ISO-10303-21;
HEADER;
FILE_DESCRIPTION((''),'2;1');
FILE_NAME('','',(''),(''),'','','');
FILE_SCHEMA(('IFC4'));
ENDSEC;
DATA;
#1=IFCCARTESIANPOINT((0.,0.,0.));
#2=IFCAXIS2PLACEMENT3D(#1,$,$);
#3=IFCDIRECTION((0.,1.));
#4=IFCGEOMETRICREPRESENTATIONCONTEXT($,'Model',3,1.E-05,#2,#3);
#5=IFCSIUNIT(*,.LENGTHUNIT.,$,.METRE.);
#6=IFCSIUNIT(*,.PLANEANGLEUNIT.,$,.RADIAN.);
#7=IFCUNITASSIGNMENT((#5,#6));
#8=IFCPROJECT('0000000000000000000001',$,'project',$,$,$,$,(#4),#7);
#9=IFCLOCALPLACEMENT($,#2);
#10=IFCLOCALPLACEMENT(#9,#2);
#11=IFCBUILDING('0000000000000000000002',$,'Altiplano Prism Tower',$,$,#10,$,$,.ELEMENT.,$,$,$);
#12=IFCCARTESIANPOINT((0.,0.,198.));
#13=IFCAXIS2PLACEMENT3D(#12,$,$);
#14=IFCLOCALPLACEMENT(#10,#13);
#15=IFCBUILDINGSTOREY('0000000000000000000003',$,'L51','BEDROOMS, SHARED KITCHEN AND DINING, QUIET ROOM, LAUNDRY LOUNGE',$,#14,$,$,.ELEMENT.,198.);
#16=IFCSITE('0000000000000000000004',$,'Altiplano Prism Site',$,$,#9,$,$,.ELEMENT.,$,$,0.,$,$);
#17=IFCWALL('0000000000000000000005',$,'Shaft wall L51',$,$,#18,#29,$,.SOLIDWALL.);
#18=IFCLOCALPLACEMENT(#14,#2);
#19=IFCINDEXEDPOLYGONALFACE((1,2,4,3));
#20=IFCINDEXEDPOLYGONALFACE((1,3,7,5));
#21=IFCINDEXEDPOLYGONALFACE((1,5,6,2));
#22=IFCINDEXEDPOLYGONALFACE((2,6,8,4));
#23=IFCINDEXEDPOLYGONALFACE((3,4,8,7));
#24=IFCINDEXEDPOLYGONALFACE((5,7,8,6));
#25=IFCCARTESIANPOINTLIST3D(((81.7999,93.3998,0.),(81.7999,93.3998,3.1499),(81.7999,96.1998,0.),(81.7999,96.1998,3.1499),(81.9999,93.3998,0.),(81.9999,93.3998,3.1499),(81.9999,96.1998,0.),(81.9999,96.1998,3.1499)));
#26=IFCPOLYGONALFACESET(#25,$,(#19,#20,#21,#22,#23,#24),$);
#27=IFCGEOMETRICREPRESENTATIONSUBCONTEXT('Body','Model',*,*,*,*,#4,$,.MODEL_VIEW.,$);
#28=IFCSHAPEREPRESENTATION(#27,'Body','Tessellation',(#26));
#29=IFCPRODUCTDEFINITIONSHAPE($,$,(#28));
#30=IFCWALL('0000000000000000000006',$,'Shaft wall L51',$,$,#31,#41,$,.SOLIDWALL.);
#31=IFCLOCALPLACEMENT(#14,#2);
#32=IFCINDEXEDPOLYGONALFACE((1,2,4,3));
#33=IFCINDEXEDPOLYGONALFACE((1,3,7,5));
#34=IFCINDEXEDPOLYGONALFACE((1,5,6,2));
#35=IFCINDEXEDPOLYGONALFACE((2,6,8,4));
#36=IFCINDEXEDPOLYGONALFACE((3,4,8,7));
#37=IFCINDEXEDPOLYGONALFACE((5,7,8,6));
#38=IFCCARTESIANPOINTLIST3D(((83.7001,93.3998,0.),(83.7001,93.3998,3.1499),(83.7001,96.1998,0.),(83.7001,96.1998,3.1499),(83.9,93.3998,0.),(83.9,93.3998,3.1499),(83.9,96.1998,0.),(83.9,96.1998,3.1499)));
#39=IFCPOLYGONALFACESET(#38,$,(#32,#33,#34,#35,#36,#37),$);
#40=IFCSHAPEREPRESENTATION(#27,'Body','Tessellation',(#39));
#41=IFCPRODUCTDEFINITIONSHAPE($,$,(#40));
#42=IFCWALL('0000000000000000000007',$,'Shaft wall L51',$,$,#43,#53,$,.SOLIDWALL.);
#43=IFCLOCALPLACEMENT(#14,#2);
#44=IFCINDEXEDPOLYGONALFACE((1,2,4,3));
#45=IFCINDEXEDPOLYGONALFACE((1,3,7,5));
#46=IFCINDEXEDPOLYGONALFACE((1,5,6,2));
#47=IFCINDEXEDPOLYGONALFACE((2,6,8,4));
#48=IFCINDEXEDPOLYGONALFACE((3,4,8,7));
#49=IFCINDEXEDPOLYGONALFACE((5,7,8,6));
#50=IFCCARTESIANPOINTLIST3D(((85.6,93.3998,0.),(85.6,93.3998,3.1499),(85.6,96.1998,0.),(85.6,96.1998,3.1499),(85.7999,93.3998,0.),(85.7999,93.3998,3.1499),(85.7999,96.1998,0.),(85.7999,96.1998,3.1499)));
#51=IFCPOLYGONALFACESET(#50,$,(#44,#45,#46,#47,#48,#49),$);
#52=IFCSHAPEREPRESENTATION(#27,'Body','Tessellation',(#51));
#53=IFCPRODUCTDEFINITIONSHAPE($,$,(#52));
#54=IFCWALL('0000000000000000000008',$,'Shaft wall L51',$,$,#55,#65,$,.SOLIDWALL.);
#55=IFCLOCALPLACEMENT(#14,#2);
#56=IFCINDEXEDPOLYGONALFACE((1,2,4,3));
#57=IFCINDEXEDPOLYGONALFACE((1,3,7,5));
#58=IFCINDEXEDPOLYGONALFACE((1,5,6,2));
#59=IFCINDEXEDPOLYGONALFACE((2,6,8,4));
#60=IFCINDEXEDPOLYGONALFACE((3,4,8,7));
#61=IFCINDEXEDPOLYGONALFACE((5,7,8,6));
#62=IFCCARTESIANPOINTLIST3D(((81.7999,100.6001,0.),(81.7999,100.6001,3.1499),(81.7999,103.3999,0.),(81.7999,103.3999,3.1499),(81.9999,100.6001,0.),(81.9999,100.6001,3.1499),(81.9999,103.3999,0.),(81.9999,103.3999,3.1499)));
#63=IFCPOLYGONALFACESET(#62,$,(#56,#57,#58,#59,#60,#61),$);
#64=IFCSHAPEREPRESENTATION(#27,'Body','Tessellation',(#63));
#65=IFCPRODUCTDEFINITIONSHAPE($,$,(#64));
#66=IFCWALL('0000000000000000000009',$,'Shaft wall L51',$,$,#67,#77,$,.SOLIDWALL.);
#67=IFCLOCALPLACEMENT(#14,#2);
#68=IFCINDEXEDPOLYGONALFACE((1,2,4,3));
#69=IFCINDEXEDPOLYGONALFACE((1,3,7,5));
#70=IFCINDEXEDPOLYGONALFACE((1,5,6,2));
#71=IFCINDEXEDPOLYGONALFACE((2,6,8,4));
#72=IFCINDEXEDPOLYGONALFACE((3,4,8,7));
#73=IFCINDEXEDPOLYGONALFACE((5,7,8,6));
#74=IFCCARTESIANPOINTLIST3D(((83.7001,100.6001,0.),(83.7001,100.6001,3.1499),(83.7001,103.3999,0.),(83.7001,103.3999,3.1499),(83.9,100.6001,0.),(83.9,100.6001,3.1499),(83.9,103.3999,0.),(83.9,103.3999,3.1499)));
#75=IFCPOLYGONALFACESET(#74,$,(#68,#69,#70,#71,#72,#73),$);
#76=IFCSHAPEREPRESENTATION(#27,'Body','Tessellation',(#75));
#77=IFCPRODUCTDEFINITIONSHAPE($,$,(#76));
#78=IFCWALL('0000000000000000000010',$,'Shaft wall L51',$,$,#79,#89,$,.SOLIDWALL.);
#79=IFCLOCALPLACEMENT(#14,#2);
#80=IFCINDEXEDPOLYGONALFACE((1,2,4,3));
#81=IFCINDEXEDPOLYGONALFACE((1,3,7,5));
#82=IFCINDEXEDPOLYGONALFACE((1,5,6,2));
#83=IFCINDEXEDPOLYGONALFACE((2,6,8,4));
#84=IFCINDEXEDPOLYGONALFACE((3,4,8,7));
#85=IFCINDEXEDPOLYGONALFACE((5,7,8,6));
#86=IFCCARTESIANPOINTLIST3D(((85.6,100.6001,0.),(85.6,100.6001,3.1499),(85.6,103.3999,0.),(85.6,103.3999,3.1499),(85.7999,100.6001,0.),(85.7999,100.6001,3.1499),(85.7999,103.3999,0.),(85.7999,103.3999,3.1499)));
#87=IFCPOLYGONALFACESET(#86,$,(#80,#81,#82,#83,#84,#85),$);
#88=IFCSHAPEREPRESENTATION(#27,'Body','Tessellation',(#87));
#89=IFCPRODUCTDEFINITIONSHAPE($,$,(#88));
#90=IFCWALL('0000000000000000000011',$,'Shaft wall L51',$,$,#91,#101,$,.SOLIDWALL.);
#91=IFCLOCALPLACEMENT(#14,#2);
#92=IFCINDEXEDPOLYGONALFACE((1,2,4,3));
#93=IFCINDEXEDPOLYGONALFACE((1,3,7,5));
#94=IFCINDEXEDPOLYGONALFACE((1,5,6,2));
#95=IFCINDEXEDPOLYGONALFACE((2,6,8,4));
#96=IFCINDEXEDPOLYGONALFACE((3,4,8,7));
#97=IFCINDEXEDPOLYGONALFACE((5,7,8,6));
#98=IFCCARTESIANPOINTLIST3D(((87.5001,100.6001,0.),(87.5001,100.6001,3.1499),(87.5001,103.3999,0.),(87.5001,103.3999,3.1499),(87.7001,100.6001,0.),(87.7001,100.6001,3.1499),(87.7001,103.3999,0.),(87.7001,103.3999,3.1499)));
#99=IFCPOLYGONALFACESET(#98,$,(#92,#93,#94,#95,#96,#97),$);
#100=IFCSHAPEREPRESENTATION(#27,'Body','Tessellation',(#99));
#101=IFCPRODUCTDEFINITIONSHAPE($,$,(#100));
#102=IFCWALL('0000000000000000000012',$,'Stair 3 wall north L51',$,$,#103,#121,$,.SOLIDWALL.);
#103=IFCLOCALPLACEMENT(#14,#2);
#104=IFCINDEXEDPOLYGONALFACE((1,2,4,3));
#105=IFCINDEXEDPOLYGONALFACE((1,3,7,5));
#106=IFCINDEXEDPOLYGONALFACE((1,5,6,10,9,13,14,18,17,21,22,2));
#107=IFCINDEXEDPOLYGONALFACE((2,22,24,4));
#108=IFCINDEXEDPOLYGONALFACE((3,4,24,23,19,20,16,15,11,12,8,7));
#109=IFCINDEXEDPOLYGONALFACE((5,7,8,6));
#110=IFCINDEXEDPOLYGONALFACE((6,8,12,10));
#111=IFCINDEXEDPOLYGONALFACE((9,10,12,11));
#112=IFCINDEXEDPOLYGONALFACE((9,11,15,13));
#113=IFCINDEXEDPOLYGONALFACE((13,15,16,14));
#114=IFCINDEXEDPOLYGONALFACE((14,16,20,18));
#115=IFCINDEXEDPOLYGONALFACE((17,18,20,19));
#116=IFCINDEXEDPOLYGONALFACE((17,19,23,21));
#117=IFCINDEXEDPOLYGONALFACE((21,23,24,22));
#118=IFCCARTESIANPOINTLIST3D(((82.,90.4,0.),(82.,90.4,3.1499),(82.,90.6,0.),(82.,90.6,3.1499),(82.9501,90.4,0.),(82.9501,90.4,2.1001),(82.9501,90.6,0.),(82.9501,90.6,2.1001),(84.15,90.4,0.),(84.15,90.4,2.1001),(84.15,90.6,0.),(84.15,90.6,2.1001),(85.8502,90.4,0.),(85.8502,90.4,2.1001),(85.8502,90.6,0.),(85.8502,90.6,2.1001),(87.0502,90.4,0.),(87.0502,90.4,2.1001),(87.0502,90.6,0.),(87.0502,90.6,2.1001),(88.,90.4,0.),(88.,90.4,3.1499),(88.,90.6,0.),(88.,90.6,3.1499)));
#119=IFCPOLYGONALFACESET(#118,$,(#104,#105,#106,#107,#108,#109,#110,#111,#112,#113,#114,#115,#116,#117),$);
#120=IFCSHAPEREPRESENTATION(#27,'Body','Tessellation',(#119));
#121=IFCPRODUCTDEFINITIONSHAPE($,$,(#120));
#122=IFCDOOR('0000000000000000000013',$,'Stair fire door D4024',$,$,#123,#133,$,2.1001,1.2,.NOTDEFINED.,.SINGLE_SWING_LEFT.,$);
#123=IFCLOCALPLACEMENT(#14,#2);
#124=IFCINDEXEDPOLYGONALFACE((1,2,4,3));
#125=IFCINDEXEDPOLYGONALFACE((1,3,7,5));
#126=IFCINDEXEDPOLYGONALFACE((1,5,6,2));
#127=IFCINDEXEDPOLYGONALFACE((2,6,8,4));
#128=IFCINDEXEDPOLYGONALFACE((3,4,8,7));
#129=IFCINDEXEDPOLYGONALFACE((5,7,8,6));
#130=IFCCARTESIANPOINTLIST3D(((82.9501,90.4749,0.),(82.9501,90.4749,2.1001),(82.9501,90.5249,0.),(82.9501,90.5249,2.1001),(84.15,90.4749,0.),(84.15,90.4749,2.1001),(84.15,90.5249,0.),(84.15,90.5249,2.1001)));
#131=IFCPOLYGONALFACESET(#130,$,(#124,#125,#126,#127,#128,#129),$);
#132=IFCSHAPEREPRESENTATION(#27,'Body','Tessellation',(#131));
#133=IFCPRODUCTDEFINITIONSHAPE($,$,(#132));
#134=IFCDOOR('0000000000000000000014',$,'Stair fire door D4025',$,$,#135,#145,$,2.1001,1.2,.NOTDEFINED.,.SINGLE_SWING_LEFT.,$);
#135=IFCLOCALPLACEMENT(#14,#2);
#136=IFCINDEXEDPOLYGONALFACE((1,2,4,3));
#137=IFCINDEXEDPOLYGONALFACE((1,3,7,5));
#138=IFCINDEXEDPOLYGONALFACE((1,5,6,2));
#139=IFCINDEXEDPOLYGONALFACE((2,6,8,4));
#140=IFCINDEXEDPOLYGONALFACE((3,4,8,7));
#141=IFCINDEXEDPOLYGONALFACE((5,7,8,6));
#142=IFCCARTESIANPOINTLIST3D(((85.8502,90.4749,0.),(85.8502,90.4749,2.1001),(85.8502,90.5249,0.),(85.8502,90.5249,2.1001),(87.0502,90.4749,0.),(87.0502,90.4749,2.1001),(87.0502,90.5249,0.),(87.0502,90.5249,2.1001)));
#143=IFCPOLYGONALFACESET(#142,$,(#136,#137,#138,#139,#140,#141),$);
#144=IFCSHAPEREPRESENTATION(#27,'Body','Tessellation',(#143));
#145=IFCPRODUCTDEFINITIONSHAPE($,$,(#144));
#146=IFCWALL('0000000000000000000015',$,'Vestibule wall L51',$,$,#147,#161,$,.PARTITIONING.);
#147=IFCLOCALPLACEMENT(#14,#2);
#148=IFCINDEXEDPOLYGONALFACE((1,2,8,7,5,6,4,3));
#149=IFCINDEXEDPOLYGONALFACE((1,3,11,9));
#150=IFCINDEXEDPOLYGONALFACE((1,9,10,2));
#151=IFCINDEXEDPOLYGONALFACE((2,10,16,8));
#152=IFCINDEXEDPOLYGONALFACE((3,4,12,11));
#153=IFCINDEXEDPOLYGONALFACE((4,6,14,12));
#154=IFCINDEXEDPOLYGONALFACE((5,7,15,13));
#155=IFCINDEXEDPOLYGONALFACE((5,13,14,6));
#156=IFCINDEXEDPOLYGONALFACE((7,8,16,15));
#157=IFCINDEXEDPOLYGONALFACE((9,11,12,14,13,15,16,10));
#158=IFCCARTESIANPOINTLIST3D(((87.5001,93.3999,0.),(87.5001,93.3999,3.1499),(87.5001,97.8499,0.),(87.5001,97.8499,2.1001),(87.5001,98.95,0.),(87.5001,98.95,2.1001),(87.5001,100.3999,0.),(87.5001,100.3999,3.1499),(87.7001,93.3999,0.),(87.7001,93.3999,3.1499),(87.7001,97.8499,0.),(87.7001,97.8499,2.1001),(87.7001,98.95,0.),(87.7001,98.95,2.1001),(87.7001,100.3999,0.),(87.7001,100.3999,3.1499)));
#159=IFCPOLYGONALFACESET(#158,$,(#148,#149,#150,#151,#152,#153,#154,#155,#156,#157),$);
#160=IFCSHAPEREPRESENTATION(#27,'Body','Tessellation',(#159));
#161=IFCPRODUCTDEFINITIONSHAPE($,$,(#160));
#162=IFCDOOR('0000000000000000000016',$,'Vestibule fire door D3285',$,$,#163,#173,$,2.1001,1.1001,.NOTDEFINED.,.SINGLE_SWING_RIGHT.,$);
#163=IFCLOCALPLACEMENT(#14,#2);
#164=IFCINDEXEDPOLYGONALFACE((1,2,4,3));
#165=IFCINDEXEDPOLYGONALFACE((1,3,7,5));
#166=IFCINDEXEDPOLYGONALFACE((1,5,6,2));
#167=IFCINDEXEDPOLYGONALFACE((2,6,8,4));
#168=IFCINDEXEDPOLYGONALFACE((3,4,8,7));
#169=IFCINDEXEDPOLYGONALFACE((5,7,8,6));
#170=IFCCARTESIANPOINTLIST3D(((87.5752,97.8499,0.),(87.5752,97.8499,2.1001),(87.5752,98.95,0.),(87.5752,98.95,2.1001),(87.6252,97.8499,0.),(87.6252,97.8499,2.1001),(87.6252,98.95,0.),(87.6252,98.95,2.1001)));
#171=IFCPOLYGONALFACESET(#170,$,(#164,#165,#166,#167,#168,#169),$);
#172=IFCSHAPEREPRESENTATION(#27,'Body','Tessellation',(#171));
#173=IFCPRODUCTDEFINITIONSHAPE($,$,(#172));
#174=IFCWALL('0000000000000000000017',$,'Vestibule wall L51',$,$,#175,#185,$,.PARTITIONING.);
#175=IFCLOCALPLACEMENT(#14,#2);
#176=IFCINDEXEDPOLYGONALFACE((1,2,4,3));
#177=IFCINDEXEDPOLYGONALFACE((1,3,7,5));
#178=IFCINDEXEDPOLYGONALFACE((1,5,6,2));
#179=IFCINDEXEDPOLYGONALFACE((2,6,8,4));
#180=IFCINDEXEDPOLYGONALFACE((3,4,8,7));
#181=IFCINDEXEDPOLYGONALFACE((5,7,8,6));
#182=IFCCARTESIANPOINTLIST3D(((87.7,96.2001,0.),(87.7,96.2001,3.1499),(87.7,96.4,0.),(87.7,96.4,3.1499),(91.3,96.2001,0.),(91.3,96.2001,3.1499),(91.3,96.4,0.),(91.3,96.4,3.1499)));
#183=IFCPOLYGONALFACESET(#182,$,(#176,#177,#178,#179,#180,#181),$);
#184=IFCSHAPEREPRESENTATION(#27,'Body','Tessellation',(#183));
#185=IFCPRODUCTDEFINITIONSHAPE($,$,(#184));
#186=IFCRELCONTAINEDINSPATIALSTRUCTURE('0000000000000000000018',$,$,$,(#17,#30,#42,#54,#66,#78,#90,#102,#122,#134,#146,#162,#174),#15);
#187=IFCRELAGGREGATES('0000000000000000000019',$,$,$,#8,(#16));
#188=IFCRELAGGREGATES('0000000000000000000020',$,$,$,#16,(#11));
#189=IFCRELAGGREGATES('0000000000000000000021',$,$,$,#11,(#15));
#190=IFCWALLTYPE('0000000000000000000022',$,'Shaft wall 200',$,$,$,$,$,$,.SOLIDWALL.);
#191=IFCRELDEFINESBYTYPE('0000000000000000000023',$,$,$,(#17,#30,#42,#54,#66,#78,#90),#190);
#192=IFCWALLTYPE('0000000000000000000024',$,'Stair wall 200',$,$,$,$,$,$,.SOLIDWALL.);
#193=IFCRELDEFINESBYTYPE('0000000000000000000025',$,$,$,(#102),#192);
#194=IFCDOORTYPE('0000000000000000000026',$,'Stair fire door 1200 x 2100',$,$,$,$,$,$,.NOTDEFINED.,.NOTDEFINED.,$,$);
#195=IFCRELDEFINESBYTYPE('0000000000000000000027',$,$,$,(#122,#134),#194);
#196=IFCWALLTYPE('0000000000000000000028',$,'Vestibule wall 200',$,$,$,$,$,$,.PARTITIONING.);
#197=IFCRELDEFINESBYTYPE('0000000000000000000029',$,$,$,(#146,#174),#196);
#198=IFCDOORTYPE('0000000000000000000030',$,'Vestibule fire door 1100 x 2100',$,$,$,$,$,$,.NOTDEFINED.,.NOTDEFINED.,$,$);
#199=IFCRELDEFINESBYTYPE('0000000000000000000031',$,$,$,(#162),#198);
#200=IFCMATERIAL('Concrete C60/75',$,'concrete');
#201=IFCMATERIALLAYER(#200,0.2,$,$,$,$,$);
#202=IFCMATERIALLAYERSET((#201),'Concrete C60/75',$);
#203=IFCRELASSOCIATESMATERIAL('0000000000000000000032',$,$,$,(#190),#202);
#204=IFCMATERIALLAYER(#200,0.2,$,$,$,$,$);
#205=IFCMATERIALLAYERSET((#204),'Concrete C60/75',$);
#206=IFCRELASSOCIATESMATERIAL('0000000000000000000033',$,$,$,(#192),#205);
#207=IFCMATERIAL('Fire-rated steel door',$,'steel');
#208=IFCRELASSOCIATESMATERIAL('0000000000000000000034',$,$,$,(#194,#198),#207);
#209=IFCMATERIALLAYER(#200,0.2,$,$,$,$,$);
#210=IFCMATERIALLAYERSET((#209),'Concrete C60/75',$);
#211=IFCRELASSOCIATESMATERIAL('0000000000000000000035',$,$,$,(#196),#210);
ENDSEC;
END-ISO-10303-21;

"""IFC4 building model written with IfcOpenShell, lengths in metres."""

from ifc_helpers import new_model, si_unit, direction, frame, frame_2d, origin, place, context, subcontext, project, spatial, rectangle, extrude, material, layer, layer_set, type_object, element, fill, save


model = new_model("IFC4")

# Units and contexts
model_context = context("Model", 3, precision=1e-05, world=origin(), true_north=direction((0.0, 1.0)))
body_context = subcontext(model_context, "Body", "Model", "MODEL_VIEW")
ifc_project = project(units=[si_unit("LENGTHUNIT", "METRE"), si_unit("PLANEANGLEUNIT", "RADIAN")], contexts=[model_context])

# Site, building, storey
site_placement = place(None, origin())
site = spatial("IfcSite", under=ifc_project, at=site_placement, Name="Altiplano Prism Site", CompositionType="ELEMENT", RefElevation=0.0)
building_placement = place(site_placement, origin())
building = spatial("IfcBuilding", under=site, at=building_placement, Name="Altiplano Prism Tower", CompositionType="ELEMENT")
storey_placement = place(building_placement, frame((0.0, 0.0, 198.0)))
storey = spatial("IfcBuildingStorey", under=building, at=storey_placement, Name="L51", Description="BEDROOMS, SHARED KITCHEN AND DINING, QUIET ROOM, LAUNDRY LOUNGE", CompositionType="ELEMENT", Elevation=198.0)

# Walls
ifc_material_1 = material(Name="Concrete C60/75", Category="concrete")
ifc_layer_1 = layer(ifc_material_1, 0.2)
ifc_layer_set_1 = layer_set([ifc_layer_1], Name="Concrete C60/75")
wall_type_1 = type_object("IfcWallType", Name="Shaft wall 200", PredefinedType="SOLIDWALL", material=ifc_layer_set_1)
for number, where, z_axis, x_axis, name in (
    (1, (81.8999, 93.3999, 0.0), (0.0, 0.0, 1.0), (0.0, 1.0, 0.0), "Shaft wall L51"),
    (2, (83.8, 93.3999, 0.0), (0.0, 0.0, 1.0), (0.0, 1.0, 0.0), "Shaft wall L51"),
    (3, (85.7, 93.3999, 0.0), (0.0, 0.0, 1.0), (0.0, 1.0, 0.0), "Shaft wall L51"),
):
    element("IfcWall", number, at=place(storey_placement, frame(where, z_axis=z_axis, x_axis=x_axis)), inside=storey, type_object=wall_type_1, Name=name, PredefinedType="SOLIDWALL", context=body_context, shape_type="SweptSolid", body=[
        extrude(rectangle(XDim=2.8, YDim=0.2, at=frame_2d((1.3999, 0.0))), origin(), (0.0, 0.0, 1.0), 3.1499),
    ])
for number, where, z_axis, x_axis, name in (
    (4, (81.8999, 100.6001, 0.0), (0.0, 0.0, 1.0), (0.0, 1.0, 0.0), "Shaft wall L51"),
    (5, (83.8, 100.6001, 0.0), (0.0, 0.0, 1.0), (0.0, 1.0, 0.0), "Shaft wall L51"),
    (6, (85.7, 100.6001, 0.0), (0.0, 0.0, 1.0), (0.0, 1.0, 0.0), "Shaft wall L51"),
    (7, (87.6001, 100.6001, 0.0), (0.0, 0.0, 1.0), (0.0, 1.0, 0.0), "Shaft wall L51"),
):
    element("IfcWall", number, at=place(storey_placement, frame(where, z_axis=z_axis, x_axis=x_axis)), inside=storey, type_object=wall_type_1, Name=name, PredefinedType="SOLIDWALL", context=body_context, shape_type="SweptSolid", body=[
        extrude(rectangle(XDim=2.7998, YDim=0.2, at=frame_2d((1.3999, 0.0))), origin(), (0.0, 0.0, 1.0), 3.1499),
    ])

# Wall, openings, doors
ifc_layer_2 = layer(ifc_material_1, 0.2)
ifc_layer_set_2 = layer_set([ifc_layer_2], Name="Concrete C60/75")
wall_type_2 = type_object("IfcWallType", Name="Stair wall 200", PredefinedType="SOLIDWALL", material=ifc_layer_set_2)
wall_1_placement = place(storey_placement, frame((82.0, 90.5, 0.0), z_axis=(0.0, 0.0, 1.0), x_axis=(1.0, 0.0, 0.0)))
wall_1 = element("IfcWall", 8, at=wall_1_placement, inside=storey, type_object=wall_type_2, Name="Stair 3 wall north L51", PredefinedType="SOLIDWALL", context=body_context, shape_type="SweptSolid", body=[
    extrude(rectangle(XDim=6.0, YDim=0.2, at=frame_2d((3.0, 0.0))), origin(), (0.0, 0.0, 1.0), 3.1499),
])
opening_1_placement = place(wall_1_placement, frame((0.95, 0.0, 0.0)))
opening_1 = element("IfcOpeningElement", 9, at=opening_1_placement, cuts=wall_1, PredefinedType="OPENING", context=body_context, shape_type="SweptSolid", body=[
    extrude(rectangle(XDim=1.2, YDim=2.1001, at=frame_2d((0.6001, 1.05))), frame((0.0, 0.1104, 0.0), z_axis=(0.0, -1.0, 0.0), x_axis=(1.0, 0.0, 0.0)), (0.0, 0.0, 1.0), 0.2209),
])
opening_2_placement = place(wall_1_placement, frame((3.8501, 0.0, 0.0)))
opening_2 = element("IfcOpeningElement", 10, at=opening_2_placement, cuts=wall_1, PredefinedType="OPENING", context=body_context, shape_type="SweptSolid", body=[
    extrude(rectangle(XDim=1.2, YDim=2.1001, at=frame_2d((0.6001, 1.05))), frame((0.0, 0.1104, 0.0), z_axis=(0.0, -1.0, 0.0), x_axis=(1.0, 0.0, 0.0)), (0.0, 0.0, 1.0), 0.2209),
])
ifc_material_2 = material(Name="Fire-rated steel door", Category="steel")
door_type_1 = type_object("IfcDoorType", Name="Stair fire door 1200 x 2100", OperationType="NOTDEFINED", PredefinedType="NOTDEFINED", material=ifc_material_2)
door_1_placement = place(opening_1_placement, origin())
door_1 = element("IfcDoor", 11, at=door_1_placement, inside=storey, type_object=door_type_1, Name="Stair fire door D4024", OperationType="SINGLE_SWING_LEFT", OverallHeight=2.1001, OverallWidth=1.2, PredefinedType="NOTDEFINED", context=body_context, shape_type="SweptSolid", body=[
    extrude(rectangle(XDim=1.2, YDim=2.1001, at=frame_2d((0.6001, 1.05))), frame((0.0, 0.0249, 0.0), z_axis=(0.0, -1.0, 0.0), x_axis=(1.0, 0.0, 0.0)), (0.0, 0.0, 1.0), 0.05),
])
fill(opening_1, door_1)
door_2_placement = place(opening_2_placement, origin())
door_2 = element("IfcDoor", 12, at=door_2_placement, inside=storey, type_object=door_type_1, Name="Stair fire door D4025", OperationType="SINGLE_SWING_LEFT", OverallHeight=2.1001, OverallWidth=1.2, PredefinedType="NOTDEFINED", context=body_context, shape_type="SweptSolid", body=[
    extrude(rectangle(XDim=1.2, YDim=2.1001, at=frame_2d((0.6001, 1.05))), frame((0.0, 0.0249, 0.0), z_axis=(0.0, -1.0, 0.0), x_axis=(1.0, 0.0, 0.0)), (0.0, 0.0, 1.0), 0.05),
])
fill(opening_2, door_2)

# Wall, opening, door
ifc_layer_3 = layer(ifc_material_1, 0.2)
ifc_layer_set_3 = layer_set([ifc_layer_3], Name="Concrete C60/75")
wall_type_3 = type_object("IfcWallType", Name="Vestibule wall 200", PredefinedType="PARTITIONING", material=ifc_layer_set_3)
wall_2_placement = place(storey_placement, frame((87.6001, 93.3999, 0.0), z_axis=(0.0, 0.0, 1.0), x_axis=(0.0, 1.0, 0.0)))
wall_2 = element("IfcWall", 13, at=wall_2_placement, inside=storey, type_object=wall_type_3, Name="Vestibule wall L51", PredefinedType="PARTITIONING", context=body_context, shape_type="SweptSolid", body=[
    extrude(rectangle(XDim=7.0, YDim=0.2, at=frame_2d((3.5, 0.0))), origin(), (0.0, 0.0, 1.0), 3.1499),
])
opening_3_placement = place(wall_2_placement, frame((4.45, 0.0, 0.0)))
opening_3 = element("IfcOpeningElement", 14, at=opening_3_placement, cuts=wall_2, PredefinedType="OPENING", context=body_context, shape_type="SweptSolid", body=[
    extrude(rectangle(XDim=1.1001, YDim=2.1001, at=frame_2d((0.55, 1.05))), frame((0.0, 0.1104, 0.0), z_axis=(0.0, -1.0, 0.0), x_axis=(1.0, 0.0, 0.0)), (0.0, 0.0, 1.0), 0.2209),
])
door_type_2 = type_object("IfcDoorType", Name="Vestibule fire door 1100 x 2100", OperationType="NOTDEFINED", PredefinedType="NOTDEFINED", material=ifc_material_2)
door_3_placement = place(opening_3_placement, origin())
door_3 = element("IfcDoor", 15, at=door_3_placement, inside=storey, type_object=door_type_2, Name="Vestibule fire door D3285", OperationType="SINGLE_SWING_RIGHT", OverallHeight=2.1001, OverallWidth=1.1001, PredefinedType="NOTDEFINED", context=body_context, shape_type="SweptSolid", body=[
    extrude(rectangle(XDim=1.1001, YDim=2.1001, at=frame_2d((0.55, 1.05))), frame((0.0, 0.0249, 0.0), z_axis=(0.0, -1.0, 0.0), x_axis=(1.0, 0.0, 0.0)), (0.0, 0.0, 1.0), 0.05),
])
fill(opening_3, door_3)

# Wall
wall_3_placement = place(storey_placement, frame((87.7, 96.3, 0.0), z_axis=(0.0, 0.0, 1.0), x_axis=(1.0, 0.0, 0.0)))
element("IfcWall", 16, at=wall_3_placement, inside=storey, type_object=wall_type_3, Name="Vestibule wall L51", PredefinedType="PARTITIONING", context=body_context, shape_type="SweptSolid", body=[
    extrude(rectangle(XDim=3.6001, YDim=0.2, at=frame_2d((1.8, 0.0))), origin(), (0.0, 0.0, 1.0), 3.1499),
])

save(model, "model.ifc")
